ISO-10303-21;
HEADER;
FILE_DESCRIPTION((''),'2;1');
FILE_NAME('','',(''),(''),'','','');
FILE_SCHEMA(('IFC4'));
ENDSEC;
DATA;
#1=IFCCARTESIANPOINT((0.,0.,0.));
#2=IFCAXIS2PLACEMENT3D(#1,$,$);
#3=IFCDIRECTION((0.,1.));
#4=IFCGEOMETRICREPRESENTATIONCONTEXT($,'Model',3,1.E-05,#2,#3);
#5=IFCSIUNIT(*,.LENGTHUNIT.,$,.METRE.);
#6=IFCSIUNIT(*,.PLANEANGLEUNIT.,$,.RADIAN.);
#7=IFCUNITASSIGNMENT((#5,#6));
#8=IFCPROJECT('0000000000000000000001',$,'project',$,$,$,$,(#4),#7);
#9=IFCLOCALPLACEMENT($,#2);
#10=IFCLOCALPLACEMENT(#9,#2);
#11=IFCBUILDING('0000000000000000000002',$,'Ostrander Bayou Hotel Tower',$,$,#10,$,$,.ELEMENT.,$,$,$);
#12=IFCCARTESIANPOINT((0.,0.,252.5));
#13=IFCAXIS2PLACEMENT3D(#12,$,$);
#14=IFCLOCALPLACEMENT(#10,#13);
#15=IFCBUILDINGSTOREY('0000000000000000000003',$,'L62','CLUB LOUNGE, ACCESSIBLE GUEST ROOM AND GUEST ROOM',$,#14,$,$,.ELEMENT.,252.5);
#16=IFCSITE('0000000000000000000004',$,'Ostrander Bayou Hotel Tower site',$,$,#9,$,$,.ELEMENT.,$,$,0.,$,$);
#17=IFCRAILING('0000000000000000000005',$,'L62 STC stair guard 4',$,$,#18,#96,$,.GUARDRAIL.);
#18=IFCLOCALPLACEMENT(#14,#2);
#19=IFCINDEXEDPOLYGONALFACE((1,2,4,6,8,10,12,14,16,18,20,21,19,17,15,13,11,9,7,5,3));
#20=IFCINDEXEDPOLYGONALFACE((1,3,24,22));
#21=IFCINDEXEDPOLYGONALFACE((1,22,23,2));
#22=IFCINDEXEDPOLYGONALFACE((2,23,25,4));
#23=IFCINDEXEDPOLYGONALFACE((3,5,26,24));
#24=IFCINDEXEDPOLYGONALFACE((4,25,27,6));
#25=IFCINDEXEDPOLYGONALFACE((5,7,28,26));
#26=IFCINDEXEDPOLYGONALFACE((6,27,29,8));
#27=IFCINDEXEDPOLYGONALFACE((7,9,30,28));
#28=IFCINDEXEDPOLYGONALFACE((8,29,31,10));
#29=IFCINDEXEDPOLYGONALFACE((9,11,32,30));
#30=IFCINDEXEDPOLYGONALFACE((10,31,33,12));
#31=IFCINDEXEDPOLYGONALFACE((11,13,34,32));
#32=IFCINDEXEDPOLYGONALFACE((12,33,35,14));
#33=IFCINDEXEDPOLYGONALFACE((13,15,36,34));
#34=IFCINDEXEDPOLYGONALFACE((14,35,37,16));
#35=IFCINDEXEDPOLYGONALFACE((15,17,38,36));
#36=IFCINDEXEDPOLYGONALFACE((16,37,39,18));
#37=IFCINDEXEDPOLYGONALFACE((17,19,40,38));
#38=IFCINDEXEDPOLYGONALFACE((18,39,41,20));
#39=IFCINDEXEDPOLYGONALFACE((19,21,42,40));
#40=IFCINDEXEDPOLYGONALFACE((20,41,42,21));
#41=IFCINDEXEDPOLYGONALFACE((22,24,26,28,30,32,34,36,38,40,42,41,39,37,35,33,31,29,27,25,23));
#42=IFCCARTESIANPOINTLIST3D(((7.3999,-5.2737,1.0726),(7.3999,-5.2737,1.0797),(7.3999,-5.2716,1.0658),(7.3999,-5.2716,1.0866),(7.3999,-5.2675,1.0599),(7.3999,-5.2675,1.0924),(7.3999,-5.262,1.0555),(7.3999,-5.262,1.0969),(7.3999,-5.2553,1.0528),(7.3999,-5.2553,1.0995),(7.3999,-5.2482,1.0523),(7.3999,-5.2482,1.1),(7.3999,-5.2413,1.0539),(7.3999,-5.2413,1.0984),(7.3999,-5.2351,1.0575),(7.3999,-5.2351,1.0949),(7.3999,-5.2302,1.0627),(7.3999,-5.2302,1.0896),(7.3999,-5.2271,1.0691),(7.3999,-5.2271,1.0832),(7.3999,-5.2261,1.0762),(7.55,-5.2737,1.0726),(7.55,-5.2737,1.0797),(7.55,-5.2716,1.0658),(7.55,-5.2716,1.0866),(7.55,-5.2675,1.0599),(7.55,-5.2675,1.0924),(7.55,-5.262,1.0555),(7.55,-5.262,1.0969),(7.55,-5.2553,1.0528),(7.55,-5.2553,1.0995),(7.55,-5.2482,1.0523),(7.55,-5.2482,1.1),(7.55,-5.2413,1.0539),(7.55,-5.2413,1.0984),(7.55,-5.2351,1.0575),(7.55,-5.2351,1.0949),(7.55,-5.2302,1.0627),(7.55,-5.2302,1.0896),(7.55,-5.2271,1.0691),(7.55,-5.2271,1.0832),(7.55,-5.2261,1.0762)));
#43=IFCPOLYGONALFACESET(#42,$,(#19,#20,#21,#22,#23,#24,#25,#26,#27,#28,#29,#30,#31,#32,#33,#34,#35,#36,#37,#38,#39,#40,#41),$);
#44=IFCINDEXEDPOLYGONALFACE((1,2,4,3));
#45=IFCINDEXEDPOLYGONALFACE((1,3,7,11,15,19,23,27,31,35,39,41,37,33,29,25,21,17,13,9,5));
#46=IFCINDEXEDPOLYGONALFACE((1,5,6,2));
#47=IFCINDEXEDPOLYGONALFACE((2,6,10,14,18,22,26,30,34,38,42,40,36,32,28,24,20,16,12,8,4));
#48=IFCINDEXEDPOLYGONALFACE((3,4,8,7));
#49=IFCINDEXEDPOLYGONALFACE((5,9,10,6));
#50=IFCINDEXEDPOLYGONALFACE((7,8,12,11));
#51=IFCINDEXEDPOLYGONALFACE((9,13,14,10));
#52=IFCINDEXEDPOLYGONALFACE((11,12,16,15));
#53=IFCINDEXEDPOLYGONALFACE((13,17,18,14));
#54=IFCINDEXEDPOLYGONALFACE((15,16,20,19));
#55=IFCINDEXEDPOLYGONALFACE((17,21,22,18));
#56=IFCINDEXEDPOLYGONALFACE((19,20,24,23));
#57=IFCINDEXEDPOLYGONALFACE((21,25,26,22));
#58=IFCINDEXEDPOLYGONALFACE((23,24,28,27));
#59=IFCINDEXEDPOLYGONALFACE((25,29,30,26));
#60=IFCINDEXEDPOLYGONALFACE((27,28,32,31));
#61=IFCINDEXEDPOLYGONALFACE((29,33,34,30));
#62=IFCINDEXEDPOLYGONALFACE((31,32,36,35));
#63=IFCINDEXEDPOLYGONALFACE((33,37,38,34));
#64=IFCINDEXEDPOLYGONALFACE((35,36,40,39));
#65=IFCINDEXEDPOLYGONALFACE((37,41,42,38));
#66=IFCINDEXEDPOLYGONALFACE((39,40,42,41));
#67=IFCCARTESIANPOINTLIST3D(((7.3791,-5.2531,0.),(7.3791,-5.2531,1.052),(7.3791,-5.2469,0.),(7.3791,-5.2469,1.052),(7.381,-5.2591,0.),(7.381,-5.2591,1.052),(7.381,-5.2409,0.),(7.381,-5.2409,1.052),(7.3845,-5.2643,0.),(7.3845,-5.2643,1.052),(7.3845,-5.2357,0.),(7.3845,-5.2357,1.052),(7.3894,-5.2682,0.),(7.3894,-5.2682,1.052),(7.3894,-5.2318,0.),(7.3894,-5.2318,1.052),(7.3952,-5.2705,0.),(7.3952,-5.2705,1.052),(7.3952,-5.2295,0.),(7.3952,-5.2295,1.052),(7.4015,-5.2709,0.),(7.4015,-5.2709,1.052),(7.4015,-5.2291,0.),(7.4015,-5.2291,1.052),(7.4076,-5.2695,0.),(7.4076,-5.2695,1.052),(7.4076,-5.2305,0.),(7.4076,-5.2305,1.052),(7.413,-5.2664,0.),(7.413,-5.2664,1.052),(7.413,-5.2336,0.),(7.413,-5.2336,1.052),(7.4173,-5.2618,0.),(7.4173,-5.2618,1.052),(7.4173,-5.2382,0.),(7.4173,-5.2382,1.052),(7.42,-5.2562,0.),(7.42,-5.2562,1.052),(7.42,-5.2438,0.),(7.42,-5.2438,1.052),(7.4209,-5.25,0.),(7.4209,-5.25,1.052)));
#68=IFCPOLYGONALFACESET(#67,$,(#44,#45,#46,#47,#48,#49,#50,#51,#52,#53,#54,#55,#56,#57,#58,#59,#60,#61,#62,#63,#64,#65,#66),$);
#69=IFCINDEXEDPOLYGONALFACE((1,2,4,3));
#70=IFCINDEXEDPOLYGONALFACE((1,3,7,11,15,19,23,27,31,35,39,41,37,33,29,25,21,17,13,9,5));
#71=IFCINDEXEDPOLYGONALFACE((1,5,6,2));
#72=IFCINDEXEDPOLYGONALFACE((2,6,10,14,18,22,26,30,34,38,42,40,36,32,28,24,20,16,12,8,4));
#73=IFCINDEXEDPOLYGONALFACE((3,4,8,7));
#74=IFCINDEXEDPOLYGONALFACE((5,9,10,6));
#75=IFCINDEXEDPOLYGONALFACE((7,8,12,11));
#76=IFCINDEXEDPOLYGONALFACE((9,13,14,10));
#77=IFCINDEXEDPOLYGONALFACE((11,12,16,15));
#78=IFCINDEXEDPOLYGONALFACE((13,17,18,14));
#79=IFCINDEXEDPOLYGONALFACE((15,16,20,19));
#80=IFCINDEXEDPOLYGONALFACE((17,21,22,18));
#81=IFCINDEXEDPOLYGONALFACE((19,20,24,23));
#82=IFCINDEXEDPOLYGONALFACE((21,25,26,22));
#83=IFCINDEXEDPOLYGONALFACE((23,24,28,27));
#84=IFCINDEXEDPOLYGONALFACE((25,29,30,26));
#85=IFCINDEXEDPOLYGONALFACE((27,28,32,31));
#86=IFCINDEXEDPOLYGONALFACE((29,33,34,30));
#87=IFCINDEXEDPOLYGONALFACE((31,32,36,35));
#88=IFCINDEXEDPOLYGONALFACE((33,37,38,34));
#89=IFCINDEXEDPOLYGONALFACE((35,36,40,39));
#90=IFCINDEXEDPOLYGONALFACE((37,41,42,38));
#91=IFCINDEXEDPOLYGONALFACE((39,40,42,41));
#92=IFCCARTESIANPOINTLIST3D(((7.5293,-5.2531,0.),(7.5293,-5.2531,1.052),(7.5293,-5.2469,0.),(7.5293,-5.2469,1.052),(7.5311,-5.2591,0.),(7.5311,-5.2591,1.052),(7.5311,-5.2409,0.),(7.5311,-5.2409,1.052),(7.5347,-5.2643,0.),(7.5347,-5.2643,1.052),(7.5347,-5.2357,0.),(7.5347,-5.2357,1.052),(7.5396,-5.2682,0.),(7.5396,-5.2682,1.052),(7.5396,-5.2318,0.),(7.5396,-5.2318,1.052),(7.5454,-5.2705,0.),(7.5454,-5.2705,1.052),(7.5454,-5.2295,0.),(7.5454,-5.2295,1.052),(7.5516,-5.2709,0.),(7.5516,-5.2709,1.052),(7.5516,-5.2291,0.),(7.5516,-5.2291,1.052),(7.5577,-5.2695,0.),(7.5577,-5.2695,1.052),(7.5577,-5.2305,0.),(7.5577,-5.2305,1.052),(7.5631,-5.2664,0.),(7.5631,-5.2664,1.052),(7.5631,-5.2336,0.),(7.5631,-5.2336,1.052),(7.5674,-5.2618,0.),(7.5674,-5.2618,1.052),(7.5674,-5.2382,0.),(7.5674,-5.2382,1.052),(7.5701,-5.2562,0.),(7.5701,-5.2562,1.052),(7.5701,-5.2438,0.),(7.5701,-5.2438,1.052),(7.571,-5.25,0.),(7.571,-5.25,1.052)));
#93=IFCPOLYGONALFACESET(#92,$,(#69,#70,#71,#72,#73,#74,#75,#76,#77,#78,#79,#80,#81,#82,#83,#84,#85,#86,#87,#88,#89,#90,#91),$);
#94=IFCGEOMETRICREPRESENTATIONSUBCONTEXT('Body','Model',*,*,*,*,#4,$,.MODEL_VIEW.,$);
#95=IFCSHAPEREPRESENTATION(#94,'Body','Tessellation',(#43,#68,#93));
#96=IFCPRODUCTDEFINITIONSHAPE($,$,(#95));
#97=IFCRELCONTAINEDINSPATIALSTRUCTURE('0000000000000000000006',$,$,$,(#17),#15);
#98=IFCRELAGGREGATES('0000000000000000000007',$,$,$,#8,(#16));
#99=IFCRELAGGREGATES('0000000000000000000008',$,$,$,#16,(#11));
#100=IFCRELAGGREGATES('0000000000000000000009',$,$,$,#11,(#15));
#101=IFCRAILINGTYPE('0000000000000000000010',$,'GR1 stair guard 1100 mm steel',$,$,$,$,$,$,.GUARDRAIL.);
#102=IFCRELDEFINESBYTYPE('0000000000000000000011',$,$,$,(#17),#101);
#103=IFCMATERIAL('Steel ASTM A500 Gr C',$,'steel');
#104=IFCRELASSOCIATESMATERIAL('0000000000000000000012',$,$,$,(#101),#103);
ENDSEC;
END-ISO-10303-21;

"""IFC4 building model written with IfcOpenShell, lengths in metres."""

from ifc_helpers import new_model, si_unit, direction, frame, origin, origin_2d, place, context, subcontext, project, spatial, circle, extrude, material, type_object, element, save


model = new_model("IFC4")

# Units and contexts
model_context = context("Model", 3, precision=1e-05, world=origin(), true_north=direction((0.0, 1.0)))
body_context = subcontext(model_context, "Body", "Model", "MODEL_VIEW")
ifc_project = project(units=[si_unit("LENGTHUNIT", "METRE"), si_unit("PLANEANGLEUNIT", "RADIAN")], contexts=[model_context])

# Site, building, storey
site_placement = place(None, origin())
site = spatial("IfcSite", under=ifc_project, at=site_placement, Name="Ostrander Bayou Hotel Tower site", CompositionType="ELEMENT", RefElevation=0.0)
building_placement = place(site_placement, origin())
building = spatial("IfcBuilding", under=site, at=building_placement, Name="Ostrander Bayou Hotel Tower", CompositionType="ELEMENT")
storey_placement = place(building_placement, frame((0.0, 0.0, 252.5)))
storey = spatial("IfcBuildingStorey", under=building, at=storey_placement, Name="L62", Description="CLUB LOUNGE, ACCESSIBLE GUEST ROOM AND GUEST ROOM", CompositionType="ELEMENT", Elevation=252.5)

# Railing
ifc_material_1 = material(Name="Steel ASTM A500 Gr C", Category="steel")
railing_type_1 = type_object("IfcRailingType", Name="GR1 stair guard 1100 mm steel", PredefinedType="GUARDRAIL", material=ifc_material_1)
railing_1_placement = place(storey_placement, frame((7.3999, -5.25, 0.0)))
element("IfcRailing", 1, at=railing_1_placement, inside=storey, type_object=railing_type_1, Name="L62 STC stair guard 4", PredefinedType="GUARDRAIL", context=body_context, shape_type="SweptSolid", body=[
    extrude(circle(Radius=0.0239, at=origin_2d()), frame((0.0, 0.0, 1.0762), z_axis=(1.0, 0.0, 0.0), x_axis=(0.0, 1.0, 0.0)), (0.0, 0.0, 1.0), 0.1501),
    extrude(circle(Radius=0.021, at=origin_2d()), origin(), (0.0, 0.0, 1.0), 1.052),
    extrude(circle(Radius=0.021, at=origin_2d()), frame((0.1501, 0.0, 0.0)), (0.0, 0.0, 1.0), 1.052),
])

save(model, "model.ifc")
